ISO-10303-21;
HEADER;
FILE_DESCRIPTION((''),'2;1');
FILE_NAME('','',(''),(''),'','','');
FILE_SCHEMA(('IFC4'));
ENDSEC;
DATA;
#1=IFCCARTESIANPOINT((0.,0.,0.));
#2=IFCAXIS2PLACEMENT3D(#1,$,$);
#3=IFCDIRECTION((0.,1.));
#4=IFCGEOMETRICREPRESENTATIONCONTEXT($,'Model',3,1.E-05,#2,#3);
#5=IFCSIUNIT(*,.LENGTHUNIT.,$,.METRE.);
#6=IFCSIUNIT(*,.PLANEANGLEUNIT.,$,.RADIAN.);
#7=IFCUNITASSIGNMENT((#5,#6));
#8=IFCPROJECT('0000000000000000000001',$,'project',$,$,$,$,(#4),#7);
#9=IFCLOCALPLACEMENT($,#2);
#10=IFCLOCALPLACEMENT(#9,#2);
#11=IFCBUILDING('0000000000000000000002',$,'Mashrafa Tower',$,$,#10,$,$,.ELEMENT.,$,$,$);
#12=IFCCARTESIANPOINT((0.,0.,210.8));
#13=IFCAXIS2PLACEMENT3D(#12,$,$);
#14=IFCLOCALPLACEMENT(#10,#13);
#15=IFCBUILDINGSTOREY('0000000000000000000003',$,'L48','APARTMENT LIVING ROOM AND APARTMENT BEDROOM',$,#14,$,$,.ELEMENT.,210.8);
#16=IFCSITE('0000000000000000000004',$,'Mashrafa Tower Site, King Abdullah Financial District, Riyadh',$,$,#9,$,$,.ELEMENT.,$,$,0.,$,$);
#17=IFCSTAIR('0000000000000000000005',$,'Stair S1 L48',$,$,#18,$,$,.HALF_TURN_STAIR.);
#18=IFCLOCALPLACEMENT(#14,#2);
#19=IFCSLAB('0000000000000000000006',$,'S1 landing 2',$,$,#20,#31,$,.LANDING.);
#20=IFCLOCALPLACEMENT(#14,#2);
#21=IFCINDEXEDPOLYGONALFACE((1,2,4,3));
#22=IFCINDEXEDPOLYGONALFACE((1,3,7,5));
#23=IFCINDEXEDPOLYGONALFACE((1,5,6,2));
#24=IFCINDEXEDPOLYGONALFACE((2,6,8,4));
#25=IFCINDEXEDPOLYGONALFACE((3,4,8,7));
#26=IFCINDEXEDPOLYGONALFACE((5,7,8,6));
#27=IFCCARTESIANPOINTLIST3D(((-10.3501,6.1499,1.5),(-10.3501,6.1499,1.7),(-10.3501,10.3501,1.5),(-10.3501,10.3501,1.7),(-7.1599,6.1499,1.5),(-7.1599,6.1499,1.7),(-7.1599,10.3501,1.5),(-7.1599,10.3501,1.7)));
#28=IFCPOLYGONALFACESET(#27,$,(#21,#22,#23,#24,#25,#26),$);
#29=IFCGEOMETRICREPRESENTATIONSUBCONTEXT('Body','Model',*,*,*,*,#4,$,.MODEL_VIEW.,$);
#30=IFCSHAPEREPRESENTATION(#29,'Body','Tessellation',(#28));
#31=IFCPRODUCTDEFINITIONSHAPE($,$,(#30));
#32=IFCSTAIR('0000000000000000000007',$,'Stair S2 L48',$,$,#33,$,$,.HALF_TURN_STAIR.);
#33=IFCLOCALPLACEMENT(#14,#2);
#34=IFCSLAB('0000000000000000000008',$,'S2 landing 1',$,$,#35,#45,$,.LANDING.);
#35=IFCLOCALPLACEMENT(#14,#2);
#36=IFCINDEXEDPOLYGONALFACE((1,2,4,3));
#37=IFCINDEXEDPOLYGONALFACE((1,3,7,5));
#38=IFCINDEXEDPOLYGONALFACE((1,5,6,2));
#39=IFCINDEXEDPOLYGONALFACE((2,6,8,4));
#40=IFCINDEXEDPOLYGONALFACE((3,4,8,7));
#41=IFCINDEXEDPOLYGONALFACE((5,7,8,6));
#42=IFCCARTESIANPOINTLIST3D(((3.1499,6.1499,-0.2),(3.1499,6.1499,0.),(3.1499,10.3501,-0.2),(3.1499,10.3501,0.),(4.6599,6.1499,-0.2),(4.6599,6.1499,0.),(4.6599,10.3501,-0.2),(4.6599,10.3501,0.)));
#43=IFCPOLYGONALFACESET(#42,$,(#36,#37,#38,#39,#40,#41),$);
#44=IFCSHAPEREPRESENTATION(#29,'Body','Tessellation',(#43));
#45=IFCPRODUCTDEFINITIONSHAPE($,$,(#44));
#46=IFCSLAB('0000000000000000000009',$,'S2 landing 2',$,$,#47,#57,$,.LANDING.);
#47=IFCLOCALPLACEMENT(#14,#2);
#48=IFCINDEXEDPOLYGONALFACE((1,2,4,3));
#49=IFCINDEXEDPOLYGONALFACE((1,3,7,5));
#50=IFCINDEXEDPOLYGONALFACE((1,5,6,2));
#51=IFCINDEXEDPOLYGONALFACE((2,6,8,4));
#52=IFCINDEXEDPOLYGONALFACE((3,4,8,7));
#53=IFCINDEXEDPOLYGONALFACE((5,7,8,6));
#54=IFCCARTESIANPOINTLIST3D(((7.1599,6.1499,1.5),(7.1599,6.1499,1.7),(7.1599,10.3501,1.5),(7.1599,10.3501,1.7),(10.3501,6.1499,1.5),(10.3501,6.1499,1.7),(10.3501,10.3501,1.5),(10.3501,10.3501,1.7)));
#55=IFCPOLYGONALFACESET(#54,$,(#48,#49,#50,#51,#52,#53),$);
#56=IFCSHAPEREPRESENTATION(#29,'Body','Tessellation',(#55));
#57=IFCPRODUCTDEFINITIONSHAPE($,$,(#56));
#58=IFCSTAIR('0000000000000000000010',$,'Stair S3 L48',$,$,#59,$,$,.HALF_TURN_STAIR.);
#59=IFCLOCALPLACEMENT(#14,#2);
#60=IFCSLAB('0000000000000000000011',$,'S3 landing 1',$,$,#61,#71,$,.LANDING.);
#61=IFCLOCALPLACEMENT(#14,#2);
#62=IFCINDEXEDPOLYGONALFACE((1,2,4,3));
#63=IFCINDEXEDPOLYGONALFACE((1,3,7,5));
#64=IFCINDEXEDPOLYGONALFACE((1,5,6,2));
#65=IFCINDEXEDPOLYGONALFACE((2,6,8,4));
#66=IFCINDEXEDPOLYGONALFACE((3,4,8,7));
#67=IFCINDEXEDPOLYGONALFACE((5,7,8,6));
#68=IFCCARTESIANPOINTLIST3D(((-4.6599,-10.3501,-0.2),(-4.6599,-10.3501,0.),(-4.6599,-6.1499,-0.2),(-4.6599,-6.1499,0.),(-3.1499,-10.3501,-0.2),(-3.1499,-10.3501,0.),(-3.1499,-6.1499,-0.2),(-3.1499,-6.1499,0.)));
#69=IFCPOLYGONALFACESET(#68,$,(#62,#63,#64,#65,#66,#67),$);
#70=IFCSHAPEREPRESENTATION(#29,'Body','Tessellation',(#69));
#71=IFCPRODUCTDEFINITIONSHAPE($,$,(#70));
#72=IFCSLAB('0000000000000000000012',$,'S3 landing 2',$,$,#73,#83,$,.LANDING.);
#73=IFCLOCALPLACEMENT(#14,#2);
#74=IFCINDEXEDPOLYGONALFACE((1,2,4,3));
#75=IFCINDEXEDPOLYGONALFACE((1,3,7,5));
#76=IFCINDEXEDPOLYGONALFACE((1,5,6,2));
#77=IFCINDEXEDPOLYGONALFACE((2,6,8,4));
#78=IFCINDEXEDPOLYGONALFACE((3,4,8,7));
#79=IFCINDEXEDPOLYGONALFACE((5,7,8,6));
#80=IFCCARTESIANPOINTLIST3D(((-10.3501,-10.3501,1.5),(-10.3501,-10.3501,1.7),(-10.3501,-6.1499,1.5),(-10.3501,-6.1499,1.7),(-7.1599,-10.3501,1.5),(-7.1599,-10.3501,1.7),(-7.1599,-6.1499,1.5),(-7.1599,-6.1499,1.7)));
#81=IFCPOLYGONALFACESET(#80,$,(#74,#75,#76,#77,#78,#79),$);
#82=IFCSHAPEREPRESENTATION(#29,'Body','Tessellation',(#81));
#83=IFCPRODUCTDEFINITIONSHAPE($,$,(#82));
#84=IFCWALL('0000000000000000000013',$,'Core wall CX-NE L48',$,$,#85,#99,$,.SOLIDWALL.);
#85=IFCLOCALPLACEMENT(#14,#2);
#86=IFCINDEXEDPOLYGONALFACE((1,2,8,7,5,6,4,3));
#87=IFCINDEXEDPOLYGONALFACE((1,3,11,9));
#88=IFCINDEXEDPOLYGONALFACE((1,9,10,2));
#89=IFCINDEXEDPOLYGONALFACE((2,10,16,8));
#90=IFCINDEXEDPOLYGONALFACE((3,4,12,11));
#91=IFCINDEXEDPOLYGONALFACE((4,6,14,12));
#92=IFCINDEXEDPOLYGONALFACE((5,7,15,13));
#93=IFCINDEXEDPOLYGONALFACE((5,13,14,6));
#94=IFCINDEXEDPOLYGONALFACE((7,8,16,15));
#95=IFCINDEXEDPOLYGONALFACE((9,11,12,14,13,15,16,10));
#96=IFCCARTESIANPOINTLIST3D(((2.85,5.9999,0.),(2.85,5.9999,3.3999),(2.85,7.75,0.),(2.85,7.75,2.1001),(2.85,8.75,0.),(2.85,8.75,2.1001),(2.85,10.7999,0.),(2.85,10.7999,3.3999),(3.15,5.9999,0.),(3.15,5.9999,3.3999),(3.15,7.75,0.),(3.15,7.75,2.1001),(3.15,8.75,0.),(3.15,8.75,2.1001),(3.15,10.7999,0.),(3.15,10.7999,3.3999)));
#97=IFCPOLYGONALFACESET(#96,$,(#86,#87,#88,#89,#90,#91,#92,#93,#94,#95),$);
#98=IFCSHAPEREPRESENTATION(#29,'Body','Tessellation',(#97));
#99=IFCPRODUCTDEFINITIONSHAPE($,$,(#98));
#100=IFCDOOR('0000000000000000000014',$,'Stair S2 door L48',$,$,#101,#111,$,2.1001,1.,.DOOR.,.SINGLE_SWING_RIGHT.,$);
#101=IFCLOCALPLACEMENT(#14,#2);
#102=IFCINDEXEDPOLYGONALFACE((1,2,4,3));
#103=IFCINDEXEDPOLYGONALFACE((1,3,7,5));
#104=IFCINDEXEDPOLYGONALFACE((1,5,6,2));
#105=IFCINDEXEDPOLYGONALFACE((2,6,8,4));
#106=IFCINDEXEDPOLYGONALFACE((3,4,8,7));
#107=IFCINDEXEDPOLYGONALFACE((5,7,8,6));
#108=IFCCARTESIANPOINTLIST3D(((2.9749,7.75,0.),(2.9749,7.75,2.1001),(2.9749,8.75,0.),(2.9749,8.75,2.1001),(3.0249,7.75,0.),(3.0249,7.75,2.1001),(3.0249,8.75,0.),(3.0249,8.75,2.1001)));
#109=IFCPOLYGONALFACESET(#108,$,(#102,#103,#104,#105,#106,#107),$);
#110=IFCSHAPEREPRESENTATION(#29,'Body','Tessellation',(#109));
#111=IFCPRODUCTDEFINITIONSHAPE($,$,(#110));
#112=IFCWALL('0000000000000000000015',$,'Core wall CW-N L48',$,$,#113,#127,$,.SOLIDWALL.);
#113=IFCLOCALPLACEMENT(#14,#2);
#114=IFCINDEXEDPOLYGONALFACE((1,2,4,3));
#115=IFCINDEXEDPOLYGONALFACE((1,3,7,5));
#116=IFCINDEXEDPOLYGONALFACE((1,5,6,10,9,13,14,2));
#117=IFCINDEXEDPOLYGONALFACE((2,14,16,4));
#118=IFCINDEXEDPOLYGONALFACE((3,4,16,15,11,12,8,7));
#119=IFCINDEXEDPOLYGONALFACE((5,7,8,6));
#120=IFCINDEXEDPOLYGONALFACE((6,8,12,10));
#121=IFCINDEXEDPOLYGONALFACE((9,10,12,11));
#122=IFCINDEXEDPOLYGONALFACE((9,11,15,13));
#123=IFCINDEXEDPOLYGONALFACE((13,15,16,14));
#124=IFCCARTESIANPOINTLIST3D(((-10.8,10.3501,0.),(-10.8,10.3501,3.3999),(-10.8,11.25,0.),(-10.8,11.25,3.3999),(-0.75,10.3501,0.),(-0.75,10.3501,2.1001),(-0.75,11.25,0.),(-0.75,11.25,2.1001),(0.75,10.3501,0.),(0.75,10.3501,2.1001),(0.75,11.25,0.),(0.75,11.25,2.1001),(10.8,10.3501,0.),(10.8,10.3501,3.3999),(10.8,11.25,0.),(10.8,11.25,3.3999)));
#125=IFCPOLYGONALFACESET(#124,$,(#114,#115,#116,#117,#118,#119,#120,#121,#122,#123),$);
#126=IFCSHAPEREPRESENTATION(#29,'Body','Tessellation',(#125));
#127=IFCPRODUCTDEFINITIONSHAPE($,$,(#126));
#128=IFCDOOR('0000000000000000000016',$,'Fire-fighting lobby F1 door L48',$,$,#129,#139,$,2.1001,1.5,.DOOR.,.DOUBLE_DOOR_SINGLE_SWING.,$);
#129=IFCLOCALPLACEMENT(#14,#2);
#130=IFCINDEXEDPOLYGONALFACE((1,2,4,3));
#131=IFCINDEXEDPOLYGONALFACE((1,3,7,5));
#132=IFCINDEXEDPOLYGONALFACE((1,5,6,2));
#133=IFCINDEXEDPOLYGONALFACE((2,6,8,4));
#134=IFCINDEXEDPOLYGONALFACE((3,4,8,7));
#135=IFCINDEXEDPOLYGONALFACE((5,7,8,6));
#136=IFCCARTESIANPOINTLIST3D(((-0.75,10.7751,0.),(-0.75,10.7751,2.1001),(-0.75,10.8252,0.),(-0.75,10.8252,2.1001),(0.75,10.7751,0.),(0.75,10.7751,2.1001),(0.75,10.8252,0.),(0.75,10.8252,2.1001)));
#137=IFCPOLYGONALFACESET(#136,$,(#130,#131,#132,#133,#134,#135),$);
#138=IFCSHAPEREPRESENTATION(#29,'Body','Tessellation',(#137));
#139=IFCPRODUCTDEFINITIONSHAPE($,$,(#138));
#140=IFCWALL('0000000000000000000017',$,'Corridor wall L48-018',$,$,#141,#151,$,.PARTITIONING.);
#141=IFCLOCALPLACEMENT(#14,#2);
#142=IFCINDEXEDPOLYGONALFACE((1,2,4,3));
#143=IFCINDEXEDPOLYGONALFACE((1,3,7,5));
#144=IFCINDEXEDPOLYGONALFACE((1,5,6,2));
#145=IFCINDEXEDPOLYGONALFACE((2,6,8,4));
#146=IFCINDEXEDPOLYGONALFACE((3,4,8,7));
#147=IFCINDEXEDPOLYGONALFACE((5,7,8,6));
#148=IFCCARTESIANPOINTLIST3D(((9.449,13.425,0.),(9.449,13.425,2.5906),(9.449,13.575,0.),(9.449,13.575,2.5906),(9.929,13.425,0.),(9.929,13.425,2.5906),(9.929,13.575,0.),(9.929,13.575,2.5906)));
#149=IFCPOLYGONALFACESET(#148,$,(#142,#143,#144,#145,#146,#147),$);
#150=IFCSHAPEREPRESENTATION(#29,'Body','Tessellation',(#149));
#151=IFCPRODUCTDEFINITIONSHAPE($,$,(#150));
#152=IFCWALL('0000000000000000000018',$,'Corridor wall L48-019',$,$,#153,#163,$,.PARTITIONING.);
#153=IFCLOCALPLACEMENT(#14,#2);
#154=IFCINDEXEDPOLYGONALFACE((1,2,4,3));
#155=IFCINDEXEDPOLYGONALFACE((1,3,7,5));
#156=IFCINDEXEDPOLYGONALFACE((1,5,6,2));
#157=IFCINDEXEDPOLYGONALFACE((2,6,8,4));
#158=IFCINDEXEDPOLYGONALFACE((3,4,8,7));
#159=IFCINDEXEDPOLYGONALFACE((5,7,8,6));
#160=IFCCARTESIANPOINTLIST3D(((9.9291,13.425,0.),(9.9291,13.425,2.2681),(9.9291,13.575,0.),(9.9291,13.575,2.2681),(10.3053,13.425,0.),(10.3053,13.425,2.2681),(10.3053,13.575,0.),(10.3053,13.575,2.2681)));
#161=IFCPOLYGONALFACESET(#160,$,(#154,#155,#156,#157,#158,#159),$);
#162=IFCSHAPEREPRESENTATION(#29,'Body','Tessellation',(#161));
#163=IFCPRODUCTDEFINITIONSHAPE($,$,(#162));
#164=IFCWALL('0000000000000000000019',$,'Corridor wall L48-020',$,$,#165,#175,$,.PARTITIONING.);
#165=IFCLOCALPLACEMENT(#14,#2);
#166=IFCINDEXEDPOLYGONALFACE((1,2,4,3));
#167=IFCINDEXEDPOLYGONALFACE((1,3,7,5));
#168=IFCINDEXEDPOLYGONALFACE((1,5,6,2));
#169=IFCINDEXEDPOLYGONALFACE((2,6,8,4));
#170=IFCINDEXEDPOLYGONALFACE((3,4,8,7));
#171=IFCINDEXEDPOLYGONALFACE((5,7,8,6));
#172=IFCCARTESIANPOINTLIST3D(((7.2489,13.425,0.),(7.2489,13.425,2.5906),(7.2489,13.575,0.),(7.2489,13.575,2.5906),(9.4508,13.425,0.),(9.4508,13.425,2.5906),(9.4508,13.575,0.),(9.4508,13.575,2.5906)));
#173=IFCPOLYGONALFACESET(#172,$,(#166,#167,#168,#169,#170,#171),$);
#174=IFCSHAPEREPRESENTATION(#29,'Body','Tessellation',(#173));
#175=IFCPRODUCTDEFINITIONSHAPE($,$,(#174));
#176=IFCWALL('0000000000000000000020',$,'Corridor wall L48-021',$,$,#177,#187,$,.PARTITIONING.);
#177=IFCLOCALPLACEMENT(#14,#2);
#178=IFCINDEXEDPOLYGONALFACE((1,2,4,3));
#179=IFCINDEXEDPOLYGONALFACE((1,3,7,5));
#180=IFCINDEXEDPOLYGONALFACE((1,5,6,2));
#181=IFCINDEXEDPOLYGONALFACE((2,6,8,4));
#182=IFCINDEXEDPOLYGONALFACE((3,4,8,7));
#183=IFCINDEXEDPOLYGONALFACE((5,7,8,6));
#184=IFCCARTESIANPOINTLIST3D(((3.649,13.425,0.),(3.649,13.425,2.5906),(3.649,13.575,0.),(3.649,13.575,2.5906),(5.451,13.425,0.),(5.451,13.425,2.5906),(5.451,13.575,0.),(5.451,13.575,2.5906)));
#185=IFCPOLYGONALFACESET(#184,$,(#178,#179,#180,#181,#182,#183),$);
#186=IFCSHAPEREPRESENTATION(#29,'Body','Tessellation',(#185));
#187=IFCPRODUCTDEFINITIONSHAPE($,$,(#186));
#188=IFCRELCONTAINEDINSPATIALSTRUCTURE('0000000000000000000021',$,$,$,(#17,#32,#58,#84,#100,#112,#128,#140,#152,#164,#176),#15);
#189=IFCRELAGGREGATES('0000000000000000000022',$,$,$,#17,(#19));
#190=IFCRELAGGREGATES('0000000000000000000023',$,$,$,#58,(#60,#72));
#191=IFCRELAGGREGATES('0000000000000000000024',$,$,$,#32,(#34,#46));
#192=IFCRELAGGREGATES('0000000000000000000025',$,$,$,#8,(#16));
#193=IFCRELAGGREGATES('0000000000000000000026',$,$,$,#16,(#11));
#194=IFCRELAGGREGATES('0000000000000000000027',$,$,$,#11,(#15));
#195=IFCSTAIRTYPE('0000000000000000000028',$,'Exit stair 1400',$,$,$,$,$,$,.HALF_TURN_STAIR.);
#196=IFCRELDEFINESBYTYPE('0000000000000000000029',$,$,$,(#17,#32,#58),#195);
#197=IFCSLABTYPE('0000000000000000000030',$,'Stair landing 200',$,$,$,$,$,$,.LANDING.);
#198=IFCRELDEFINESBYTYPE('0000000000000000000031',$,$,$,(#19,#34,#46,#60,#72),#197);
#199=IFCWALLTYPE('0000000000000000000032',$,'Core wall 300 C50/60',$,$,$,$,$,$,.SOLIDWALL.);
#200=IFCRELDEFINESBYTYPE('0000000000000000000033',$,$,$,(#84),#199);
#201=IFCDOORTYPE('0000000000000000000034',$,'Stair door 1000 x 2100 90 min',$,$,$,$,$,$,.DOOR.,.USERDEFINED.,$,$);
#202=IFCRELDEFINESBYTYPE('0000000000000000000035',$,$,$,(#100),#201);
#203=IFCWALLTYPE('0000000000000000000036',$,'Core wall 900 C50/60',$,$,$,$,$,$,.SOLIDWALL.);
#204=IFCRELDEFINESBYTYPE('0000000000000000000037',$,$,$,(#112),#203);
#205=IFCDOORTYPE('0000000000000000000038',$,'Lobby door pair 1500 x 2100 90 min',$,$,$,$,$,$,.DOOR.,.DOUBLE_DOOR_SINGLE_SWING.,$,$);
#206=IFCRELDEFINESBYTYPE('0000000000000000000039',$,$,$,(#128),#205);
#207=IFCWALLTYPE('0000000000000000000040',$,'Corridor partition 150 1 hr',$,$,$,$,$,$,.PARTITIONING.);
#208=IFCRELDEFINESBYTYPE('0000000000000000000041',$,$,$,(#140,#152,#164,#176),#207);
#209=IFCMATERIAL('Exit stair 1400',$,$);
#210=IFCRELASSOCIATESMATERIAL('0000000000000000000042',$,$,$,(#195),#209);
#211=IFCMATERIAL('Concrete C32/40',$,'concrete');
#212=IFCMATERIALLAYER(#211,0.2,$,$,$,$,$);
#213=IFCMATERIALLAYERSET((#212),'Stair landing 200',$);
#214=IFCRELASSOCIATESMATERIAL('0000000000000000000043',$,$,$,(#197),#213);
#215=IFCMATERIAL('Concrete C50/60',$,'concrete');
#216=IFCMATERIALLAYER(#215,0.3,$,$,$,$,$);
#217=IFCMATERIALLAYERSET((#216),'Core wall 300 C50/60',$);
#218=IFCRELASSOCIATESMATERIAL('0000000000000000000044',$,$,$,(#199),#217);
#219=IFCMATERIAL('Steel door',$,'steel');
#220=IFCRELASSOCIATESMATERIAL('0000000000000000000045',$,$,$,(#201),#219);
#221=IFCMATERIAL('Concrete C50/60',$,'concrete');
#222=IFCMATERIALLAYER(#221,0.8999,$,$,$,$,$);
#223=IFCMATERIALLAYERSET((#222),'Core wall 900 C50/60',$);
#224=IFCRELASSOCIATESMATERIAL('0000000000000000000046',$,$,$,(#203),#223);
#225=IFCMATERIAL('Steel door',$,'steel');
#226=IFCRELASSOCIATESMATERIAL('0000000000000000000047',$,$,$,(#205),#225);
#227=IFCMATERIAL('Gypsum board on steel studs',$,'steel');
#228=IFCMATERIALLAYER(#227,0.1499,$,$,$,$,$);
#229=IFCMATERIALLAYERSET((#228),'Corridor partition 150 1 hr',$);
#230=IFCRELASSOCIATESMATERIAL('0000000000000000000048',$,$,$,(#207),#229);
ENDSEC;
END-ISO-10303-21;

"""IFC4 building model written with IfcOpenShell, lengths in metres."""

from ifc_helpers import new_model, si_unit, direction, frame, frame_2d, origin, place, context, subcontext, project, spatial, polyline, rectangle, outline, extrude, material, layer, layer_set, type_object, element, fill, aggregate, save


model = new_model("IFC4")

# Units and contexts
model_context = context("Model", 3, precision=1e-05, world=origin(), true_north=direction((0.0, 1.0)))
body_context = subcontext(model_context, "Body", "Model", "MODEL_VIEW")
ifc_project = project(units=[si_unit("LENGTHUNIT", "METRE"), si_unit("PLANEANGLEUNIT", "RADIAN")], contexts=[model_context])

# Site, building, storey
site_placement = place(None, origin())
site = spatial("IfcSite", under=ifc_project, at=site_placement, Name="Mashrafa Tower Site, King Abdullah Financial District, Riyadh", CompositionType="ELEMENT", RefElevation=0.0)
building_placement = place(site_placement, origin())
building = spatial("IfcBuilding", under=site, at=building_placement, Name="Mashrafa Tower", CompositionType="ELEMENT")
storey_placement = place(building_placement, frame((0.0, 0.0, 210.8)))
storey = spatial("IfcBuildingStorey", under=building, at=storey_placement, Name="L48", Description="APARTMENT LIVING ROOM AND APARTMENT BEDROOM", CompositionType="ELEMENT", Elevation=210.8)

# Stair, slab
ifc_material_1 = material(Name="Exit stair 1400")
stair_type = type_object("IfcStairType", Name="Exit stair 1400", PredefinedType="HALF_TURN_STAIR", material=ifc_material_1)
stair_1_placement = place(storey_placement, origin())
stair_1 = element("IfcStair", 1, at=stair_1_placement, inside=storey, type_object=stair_type, Name="Stair S1 L48", PredefinedType="HALF_TURN_STAIR")
ifc_material_2 = material(Name="Concrete C32/40", Category="concrete")
ifc_layer_1 = layer(ifc_material_2, 0.2)
ifc_layer_set_1 = layer_set([ifc_layer_1], Name="Stair landing 200")
slab_type = type_object("IfcSlabType", Name="Stair landing 200", PredefinedType="LANDING", material=ifc_layer_set_1)
slab_1_placement = place(storey_placement, frame((0.0, 0.0, 1.5)))
slab_1 = element("IfcSlab", 2, at=slab_1_placement, type_object=slab_type, Name="S1 landing 2", PredefinedType="LANDING", context=body_context, shape_type="SweptSolid", body=[
    extrude(outline(polyline([(-10.3501, 6.1499), (-7.1599, 6.1499), (-7.1599, 10.3501), (-10.3501, 10.3501), (-10.3501, 6.1499)])), origin(), (0.0, 0.0, 1.0), 0.2),
])
aggregate(stair_1, [slab_1])

# Stairs, slabs
stair_2_placement = place(storey_placement, origin())
stair_2 = element("IfcStair", 3, at=stair_2_placement, inside=storey, type_object=stair_type, Name="Stair S2 L48", PredefinedType="HALF_TURN_STAIR")
slab_2_placement = place(storey_placement, frame((0.0, 0.0, -0.2)))
slab_2 = element("IfcSlab", 4, at=slab_2_placement, type_object=slab_type, Name="S2 landing 1", PredefinedType="LANDING", context=body_context, shape_type="SweptSolid", body=[
    extrude(outline(polyline([(3.1499, 6.1499), (4.6599, 6.1499), (4.6599, 10.3501), (3.1499, 10.3501), (3.1499, 6.1499)])), origin(), (0.0, 0.0, 1.0), 0.2),
])
slab_3_placement = place(storey_placement, frame((0.0, 0.0, 1.5)))
slab_3 = element("IfcSlab", 5, at=slab_3_placement, type_object=slab_type, Name="S2 landing 2", PredefinedType="LANDING", context=body_context, shape_type="SweptSolid", body=[
    extrude(outline(polyline([(7.1599, 6.1499), (10.3501, 6.1499), (10.3501, 10.3501), (7.1599, 10.3501), (7.1599, 6.1499)])), origin(), (0.0, 0.0, 1.0), 0.2),
])
stair_3_placement = place(storey_placement, origin())
stair_3 = element("IfcStair", 6, at=stair_3_placement, inside=storey, type_object=stair_type, Name="Stair S3 L48", PredefinedType="HALF_TURN_STAIR")
slab_4_placement = place(storey_placement, frame((0.0, 0.0, -0.2)))
slab_4 = element("IfcSlab", 7, at=slab_4_placement, type_object=slab_type, Name="S3 landing 1", PredefinedType="LANDING", context=body_context, shape_type="SweptSolid", body=[
    extrude(outline(polyline([(-4.6599, -10.3501), (-3.1499, -10.3501), (-3.1499, -6.1499), (-4.6599, -6.1499), (-4.6599, -10.3501)])), origin(), (0.0, 0.0, 1.0), 0.2),
])
slab_5_placement = place(storey_placement, frame((0.0, 0.0, 1.5)))
slab_5 = element("IfcSlab", 8, at=slab_5_placement, type_object=slab_type, Name="S3 landing 2", PredefinedType="LANDING", context=body_context, shape_type="SweptSolid", body=[
    extrude(outline(polyline([(-10.3501, -10.3501), (-7.1599, -10.3501), (-7.1599, -6.1499), (-10.3501, -6.1499), (-10.3501, -10.3501)])), origin(), (0.0, 0.0, 1.0), 0.2),
])
aggregate(stair_3, [slab_4, slab_5])

# Walls, openings, doors
ifc_material_3 = material(Name="Concrete C50/60", Category="concrete")
ifc_layer_2 = layer(ifc_material_3, 0.3)
ifc_layer_set_2 = layer_set([ifc_layer_2], Name="Core wall 300 C50/60")
wall_type_1 = type_object("IfcWallType", Name="Core wall 300 C50/60", PredefinedType="SOLIDWALL", material=ifc_layer_set_2)
wall_1_placement = place(storey_placement, frame((3.0, 6.0, 0.0), z_axis=(0.0, 0.0, 1.0), x_axis=(0.0, 1.0, 0.0)))
wall_1 = element("IfcWall", 9, at=wall_1_placement, inside=storey, type_object=wall_type_1, Name="Core wall CX-NE L48", PredefinedType="SOLIDWALL", context=body_context, shape_type="SweptSolid", body=[
    extrude(rectangle(XDim=4.8, YDim=0.3, at=frame_2d((2.3999, 0.0))), origin(), (0.0, 0.0, 1.0), 3.3999),
])
opening_1_placement = place(wall_1_placement, frame((1.75, 0.0, 0.0)))
opening_1 = element("IfcOpeningElement", 10, at=opening_1_placement, cuts=wall_1, PredefinedType="OPENING", context=body_context, shape_type="SweptSolid", body=[
    extrude(rectangle(XDim=1.0, YDim=2.1001, at=frame_2d((0.5, 1.05))), frame((0.0, 0.1599, 0.0), z_axis=(0.0, -1.0, 0.0), x_axis=(1.0, 0.0, 0.0)), (0.0, 0.0, 1.0), 0.3201),
])
ifc_material_4 = material(Name="Steel door", Category="steel")
door_type_1 = type_object("IfcDoorType", Name="Stair door 1000 x 2100 90 min", OperationType="USERDEFINED", PredefinedType="DOOR", material=ifc_material_4)
door_1_placement = place(opening_1_placement, frame((1.0, 0.0, 0.0), z_axis=(0.0, 0.0, 1.0), x_axis=(-1.0, 0.0, 0.0)))
door_1 = element("IfcDoor", 11, at=door_1_placement, inside=storey, type_object=door_type_1, Name="Stair S2 door L48", OperationType="SINGLE_SWING_RIGHT", OverallHeight=2.1001, OverallWidth=1.0, PredefinedType="DOOR", context=body_context, shape_type="SweptSolid", body=[
    extrude(rectangle(XDim=1.0, YDim=2.1001, at=frame_2d((0.5, 1.05))), frame((0.0, 0.0249, 0.0), z_axis=(0.0, -1.0, 0.0), x_axis=(1.0, 0.0, 0.0)), (0.0, 0.0, 1.0), 0.05),
])
fill(opening_1, door_1)
ifc_material_5 = material(Name="Concrete C50/60", Category="concrete")
ifc_layer_3 = layer(ifc_material_5, 0.8999)
ifc_layer_set_3 = layer_set([ifc_layer_3], Name="Core wall 900 C50/60")
wall_type_2 = type_object("IfcWallType", Name="Core wall 900 C50/60", PredefinedType="SOLIDWALL", material=ifc_layer_set_3)
wall_2_placement = place(storey_placement, frame((10.8, 10.8, 0.0), z_axis=(0.0, 0.0, 1.0), x_axis=(-1.0, 0.0, 0.0)))
wall_2 = element("IfcWall", 12, at=wall_2_placement, inside=storey, type_object=wall_type_2, Name="Core wall CW-N L48", PredefinedType="SOLIDWALL", context=body_context, shape_type="SweptSolid", body=[
    extrude(rectangle(XDim=21.6001, YDim=0.8999, at=frame_2d((10.8, 0.0))), origin(), (0.0, 0.0, 1.0), 3.3999),
])
opening_2_placement = place(wall_2_placement, frame((10.05, 0.0, 0.0)))
opening_2 = element("IfcOpeningElement", 13, at=opening_2_placement, cuts=wall_2, PredefinedType="OPENING", context=body_context, shape_type="SweptSolid", body=[
    extrude(rectangle(XDim=1.5, YDim=2.1001, at=frame_2d((0.75, 1.05))), frame((0.0, 0.46, 0.0), z_axis=(0.0, -1.0, 0.0), x_axis=(1.0, 0.0, 0.0)), (0.0, 0.0, 1.0), 0.9199),
])
ifc_material_6 = material(Name="Steel door", Category="steel")
door_type_2 = type_object("IfcDoorType", Name="Lobby door pair 1500 x 2100 90 min", OperationType="DOUBLE_DOOR_SINGLE_SWING", PredefinedType="DOOR", material=ifc_material_6)
door_2_placement = place(opening_2_placement, origin())
door_2 = element("IfcDoor", 14, at=door_2_placement, inside=storey, type_object=door_type_2, Name="Fire-fighting lobby F1 door L48", OperationType="DOUBLE_DOOR_SINGLE_SWING", OverallHeight=2.1001, OverallWidth=1.5, PredefinedType="DOOR", context=body_context, shape_type="SweptSolid", body=[
    extrude(rectangle(XDim=1.5, YDim=2.1001, at=frame_2d((0.75, 1.05))), frame((0.0, 0.0249, 0.0), z_axis=(0.0, -1.0, 0.0), x_axis=(1.0, 0.0, 0.0)), (0.0, 0.0, 1.0), 0.05),
])
fill(opening_2, door_2)

# Walls
ifc_material_7 = material(Name="Gypsum board on steel studs", Category="steel")
ifc_layer_4 = layer(ifc_material_7, 0.1499)
ifc_layer_set_4 = layer_set([ifc_layer_4], Name="Corridor partition 150 1 hr")
wall_type_3 = type_object("IfcWallType", Name="Corridor partition 150 1 hr", PredefinedType="PARTITIONING", material=ifc_layer_set_4)
wall_3_placement = place(storey_placement, frame((9.929, 13.5, 0.0), z_axis=(0.0, 0.0, 1.0), x_axis=(-1.0, 0.0, 0.0)))
element("IfcWall", 15, at=wall_3_placement, inside=storey, type_object=wall_type_3, Name="Corridor wall L48-018", PredefinedType="PARTITIONING", context=body_context, shape_type="SweptSolid", body=[
    extrude(rectangle(XDim=0.48, YDim=0.1499, at=frame_2d((0.24, 0.0))), origin(), (0.0, 0.0, 1.0), 2.5906),
])
wall_4_placement = place(storey_placement, frame((10.3052, 13.5, 0.0), z_axis=(0.0, 0.0, 1.0), x_axis=(-1.0, 0.0, 0.0)))
element("IfcWall", 16, at=wall_4_placement, inside=storey, type_object=wall_type_3, Name="Corridor wall L48-019", PredefinedType="PARTITIONING", context=body_context, shape_type="SweptSolid", body=[
    extrude(rectangle(XDim=0.3762, YDim=0.1499, at=frame_2d((0.188, 0.0))), origin(), (0.0, 0.0, 1.0), 2.2681),
])
wall_5_placement = place(storey_placement, frame((9.4509, 13.5, 0.0), z_axis=(0.0, 0.0, 1.0), x_axis=(-1.0, 0.0, 0.0)))
element("IfcWall", 17, at=wall_5_placement, inside=storey, type_object=wall_type_3, Name="Corridor wall L48-020", PredefinedType="PARTITIONING", context=body_context, shape_type="SweptSolid", body=[
    extrude(rectangle(XDim=2.2019, YDim=0.1499, at=frame_2d((1.1011, 0.0))), origin(), (0.0, 0.0, 1.0), 2.5906),
])
wall_6_placement = place(storey_placement, frame((5.4509, 13.5, 0.0), z_axis=(0.0, 0.0, 1.0), x_axis=(-1.0, 0.0, 0.0)))
element("IfcWall", 18, at=wall_6_placement, inside=storey, type_object=wall_type_3, Name="Corridor wall L48-021", PredefinedType="PARTITIONING", context=body_context, shape_type="SweptSolid", body=[
    extrude(rectangle(XDim=1.802, YDim=0.1499, at=frame_2d((0.9009, 0.0))), origin(), (0.0, 0.0, 1.0), 2.5906),
])

aggregate(stair_2, [slab_2, slab_3])

save(model, "model.ifc")
